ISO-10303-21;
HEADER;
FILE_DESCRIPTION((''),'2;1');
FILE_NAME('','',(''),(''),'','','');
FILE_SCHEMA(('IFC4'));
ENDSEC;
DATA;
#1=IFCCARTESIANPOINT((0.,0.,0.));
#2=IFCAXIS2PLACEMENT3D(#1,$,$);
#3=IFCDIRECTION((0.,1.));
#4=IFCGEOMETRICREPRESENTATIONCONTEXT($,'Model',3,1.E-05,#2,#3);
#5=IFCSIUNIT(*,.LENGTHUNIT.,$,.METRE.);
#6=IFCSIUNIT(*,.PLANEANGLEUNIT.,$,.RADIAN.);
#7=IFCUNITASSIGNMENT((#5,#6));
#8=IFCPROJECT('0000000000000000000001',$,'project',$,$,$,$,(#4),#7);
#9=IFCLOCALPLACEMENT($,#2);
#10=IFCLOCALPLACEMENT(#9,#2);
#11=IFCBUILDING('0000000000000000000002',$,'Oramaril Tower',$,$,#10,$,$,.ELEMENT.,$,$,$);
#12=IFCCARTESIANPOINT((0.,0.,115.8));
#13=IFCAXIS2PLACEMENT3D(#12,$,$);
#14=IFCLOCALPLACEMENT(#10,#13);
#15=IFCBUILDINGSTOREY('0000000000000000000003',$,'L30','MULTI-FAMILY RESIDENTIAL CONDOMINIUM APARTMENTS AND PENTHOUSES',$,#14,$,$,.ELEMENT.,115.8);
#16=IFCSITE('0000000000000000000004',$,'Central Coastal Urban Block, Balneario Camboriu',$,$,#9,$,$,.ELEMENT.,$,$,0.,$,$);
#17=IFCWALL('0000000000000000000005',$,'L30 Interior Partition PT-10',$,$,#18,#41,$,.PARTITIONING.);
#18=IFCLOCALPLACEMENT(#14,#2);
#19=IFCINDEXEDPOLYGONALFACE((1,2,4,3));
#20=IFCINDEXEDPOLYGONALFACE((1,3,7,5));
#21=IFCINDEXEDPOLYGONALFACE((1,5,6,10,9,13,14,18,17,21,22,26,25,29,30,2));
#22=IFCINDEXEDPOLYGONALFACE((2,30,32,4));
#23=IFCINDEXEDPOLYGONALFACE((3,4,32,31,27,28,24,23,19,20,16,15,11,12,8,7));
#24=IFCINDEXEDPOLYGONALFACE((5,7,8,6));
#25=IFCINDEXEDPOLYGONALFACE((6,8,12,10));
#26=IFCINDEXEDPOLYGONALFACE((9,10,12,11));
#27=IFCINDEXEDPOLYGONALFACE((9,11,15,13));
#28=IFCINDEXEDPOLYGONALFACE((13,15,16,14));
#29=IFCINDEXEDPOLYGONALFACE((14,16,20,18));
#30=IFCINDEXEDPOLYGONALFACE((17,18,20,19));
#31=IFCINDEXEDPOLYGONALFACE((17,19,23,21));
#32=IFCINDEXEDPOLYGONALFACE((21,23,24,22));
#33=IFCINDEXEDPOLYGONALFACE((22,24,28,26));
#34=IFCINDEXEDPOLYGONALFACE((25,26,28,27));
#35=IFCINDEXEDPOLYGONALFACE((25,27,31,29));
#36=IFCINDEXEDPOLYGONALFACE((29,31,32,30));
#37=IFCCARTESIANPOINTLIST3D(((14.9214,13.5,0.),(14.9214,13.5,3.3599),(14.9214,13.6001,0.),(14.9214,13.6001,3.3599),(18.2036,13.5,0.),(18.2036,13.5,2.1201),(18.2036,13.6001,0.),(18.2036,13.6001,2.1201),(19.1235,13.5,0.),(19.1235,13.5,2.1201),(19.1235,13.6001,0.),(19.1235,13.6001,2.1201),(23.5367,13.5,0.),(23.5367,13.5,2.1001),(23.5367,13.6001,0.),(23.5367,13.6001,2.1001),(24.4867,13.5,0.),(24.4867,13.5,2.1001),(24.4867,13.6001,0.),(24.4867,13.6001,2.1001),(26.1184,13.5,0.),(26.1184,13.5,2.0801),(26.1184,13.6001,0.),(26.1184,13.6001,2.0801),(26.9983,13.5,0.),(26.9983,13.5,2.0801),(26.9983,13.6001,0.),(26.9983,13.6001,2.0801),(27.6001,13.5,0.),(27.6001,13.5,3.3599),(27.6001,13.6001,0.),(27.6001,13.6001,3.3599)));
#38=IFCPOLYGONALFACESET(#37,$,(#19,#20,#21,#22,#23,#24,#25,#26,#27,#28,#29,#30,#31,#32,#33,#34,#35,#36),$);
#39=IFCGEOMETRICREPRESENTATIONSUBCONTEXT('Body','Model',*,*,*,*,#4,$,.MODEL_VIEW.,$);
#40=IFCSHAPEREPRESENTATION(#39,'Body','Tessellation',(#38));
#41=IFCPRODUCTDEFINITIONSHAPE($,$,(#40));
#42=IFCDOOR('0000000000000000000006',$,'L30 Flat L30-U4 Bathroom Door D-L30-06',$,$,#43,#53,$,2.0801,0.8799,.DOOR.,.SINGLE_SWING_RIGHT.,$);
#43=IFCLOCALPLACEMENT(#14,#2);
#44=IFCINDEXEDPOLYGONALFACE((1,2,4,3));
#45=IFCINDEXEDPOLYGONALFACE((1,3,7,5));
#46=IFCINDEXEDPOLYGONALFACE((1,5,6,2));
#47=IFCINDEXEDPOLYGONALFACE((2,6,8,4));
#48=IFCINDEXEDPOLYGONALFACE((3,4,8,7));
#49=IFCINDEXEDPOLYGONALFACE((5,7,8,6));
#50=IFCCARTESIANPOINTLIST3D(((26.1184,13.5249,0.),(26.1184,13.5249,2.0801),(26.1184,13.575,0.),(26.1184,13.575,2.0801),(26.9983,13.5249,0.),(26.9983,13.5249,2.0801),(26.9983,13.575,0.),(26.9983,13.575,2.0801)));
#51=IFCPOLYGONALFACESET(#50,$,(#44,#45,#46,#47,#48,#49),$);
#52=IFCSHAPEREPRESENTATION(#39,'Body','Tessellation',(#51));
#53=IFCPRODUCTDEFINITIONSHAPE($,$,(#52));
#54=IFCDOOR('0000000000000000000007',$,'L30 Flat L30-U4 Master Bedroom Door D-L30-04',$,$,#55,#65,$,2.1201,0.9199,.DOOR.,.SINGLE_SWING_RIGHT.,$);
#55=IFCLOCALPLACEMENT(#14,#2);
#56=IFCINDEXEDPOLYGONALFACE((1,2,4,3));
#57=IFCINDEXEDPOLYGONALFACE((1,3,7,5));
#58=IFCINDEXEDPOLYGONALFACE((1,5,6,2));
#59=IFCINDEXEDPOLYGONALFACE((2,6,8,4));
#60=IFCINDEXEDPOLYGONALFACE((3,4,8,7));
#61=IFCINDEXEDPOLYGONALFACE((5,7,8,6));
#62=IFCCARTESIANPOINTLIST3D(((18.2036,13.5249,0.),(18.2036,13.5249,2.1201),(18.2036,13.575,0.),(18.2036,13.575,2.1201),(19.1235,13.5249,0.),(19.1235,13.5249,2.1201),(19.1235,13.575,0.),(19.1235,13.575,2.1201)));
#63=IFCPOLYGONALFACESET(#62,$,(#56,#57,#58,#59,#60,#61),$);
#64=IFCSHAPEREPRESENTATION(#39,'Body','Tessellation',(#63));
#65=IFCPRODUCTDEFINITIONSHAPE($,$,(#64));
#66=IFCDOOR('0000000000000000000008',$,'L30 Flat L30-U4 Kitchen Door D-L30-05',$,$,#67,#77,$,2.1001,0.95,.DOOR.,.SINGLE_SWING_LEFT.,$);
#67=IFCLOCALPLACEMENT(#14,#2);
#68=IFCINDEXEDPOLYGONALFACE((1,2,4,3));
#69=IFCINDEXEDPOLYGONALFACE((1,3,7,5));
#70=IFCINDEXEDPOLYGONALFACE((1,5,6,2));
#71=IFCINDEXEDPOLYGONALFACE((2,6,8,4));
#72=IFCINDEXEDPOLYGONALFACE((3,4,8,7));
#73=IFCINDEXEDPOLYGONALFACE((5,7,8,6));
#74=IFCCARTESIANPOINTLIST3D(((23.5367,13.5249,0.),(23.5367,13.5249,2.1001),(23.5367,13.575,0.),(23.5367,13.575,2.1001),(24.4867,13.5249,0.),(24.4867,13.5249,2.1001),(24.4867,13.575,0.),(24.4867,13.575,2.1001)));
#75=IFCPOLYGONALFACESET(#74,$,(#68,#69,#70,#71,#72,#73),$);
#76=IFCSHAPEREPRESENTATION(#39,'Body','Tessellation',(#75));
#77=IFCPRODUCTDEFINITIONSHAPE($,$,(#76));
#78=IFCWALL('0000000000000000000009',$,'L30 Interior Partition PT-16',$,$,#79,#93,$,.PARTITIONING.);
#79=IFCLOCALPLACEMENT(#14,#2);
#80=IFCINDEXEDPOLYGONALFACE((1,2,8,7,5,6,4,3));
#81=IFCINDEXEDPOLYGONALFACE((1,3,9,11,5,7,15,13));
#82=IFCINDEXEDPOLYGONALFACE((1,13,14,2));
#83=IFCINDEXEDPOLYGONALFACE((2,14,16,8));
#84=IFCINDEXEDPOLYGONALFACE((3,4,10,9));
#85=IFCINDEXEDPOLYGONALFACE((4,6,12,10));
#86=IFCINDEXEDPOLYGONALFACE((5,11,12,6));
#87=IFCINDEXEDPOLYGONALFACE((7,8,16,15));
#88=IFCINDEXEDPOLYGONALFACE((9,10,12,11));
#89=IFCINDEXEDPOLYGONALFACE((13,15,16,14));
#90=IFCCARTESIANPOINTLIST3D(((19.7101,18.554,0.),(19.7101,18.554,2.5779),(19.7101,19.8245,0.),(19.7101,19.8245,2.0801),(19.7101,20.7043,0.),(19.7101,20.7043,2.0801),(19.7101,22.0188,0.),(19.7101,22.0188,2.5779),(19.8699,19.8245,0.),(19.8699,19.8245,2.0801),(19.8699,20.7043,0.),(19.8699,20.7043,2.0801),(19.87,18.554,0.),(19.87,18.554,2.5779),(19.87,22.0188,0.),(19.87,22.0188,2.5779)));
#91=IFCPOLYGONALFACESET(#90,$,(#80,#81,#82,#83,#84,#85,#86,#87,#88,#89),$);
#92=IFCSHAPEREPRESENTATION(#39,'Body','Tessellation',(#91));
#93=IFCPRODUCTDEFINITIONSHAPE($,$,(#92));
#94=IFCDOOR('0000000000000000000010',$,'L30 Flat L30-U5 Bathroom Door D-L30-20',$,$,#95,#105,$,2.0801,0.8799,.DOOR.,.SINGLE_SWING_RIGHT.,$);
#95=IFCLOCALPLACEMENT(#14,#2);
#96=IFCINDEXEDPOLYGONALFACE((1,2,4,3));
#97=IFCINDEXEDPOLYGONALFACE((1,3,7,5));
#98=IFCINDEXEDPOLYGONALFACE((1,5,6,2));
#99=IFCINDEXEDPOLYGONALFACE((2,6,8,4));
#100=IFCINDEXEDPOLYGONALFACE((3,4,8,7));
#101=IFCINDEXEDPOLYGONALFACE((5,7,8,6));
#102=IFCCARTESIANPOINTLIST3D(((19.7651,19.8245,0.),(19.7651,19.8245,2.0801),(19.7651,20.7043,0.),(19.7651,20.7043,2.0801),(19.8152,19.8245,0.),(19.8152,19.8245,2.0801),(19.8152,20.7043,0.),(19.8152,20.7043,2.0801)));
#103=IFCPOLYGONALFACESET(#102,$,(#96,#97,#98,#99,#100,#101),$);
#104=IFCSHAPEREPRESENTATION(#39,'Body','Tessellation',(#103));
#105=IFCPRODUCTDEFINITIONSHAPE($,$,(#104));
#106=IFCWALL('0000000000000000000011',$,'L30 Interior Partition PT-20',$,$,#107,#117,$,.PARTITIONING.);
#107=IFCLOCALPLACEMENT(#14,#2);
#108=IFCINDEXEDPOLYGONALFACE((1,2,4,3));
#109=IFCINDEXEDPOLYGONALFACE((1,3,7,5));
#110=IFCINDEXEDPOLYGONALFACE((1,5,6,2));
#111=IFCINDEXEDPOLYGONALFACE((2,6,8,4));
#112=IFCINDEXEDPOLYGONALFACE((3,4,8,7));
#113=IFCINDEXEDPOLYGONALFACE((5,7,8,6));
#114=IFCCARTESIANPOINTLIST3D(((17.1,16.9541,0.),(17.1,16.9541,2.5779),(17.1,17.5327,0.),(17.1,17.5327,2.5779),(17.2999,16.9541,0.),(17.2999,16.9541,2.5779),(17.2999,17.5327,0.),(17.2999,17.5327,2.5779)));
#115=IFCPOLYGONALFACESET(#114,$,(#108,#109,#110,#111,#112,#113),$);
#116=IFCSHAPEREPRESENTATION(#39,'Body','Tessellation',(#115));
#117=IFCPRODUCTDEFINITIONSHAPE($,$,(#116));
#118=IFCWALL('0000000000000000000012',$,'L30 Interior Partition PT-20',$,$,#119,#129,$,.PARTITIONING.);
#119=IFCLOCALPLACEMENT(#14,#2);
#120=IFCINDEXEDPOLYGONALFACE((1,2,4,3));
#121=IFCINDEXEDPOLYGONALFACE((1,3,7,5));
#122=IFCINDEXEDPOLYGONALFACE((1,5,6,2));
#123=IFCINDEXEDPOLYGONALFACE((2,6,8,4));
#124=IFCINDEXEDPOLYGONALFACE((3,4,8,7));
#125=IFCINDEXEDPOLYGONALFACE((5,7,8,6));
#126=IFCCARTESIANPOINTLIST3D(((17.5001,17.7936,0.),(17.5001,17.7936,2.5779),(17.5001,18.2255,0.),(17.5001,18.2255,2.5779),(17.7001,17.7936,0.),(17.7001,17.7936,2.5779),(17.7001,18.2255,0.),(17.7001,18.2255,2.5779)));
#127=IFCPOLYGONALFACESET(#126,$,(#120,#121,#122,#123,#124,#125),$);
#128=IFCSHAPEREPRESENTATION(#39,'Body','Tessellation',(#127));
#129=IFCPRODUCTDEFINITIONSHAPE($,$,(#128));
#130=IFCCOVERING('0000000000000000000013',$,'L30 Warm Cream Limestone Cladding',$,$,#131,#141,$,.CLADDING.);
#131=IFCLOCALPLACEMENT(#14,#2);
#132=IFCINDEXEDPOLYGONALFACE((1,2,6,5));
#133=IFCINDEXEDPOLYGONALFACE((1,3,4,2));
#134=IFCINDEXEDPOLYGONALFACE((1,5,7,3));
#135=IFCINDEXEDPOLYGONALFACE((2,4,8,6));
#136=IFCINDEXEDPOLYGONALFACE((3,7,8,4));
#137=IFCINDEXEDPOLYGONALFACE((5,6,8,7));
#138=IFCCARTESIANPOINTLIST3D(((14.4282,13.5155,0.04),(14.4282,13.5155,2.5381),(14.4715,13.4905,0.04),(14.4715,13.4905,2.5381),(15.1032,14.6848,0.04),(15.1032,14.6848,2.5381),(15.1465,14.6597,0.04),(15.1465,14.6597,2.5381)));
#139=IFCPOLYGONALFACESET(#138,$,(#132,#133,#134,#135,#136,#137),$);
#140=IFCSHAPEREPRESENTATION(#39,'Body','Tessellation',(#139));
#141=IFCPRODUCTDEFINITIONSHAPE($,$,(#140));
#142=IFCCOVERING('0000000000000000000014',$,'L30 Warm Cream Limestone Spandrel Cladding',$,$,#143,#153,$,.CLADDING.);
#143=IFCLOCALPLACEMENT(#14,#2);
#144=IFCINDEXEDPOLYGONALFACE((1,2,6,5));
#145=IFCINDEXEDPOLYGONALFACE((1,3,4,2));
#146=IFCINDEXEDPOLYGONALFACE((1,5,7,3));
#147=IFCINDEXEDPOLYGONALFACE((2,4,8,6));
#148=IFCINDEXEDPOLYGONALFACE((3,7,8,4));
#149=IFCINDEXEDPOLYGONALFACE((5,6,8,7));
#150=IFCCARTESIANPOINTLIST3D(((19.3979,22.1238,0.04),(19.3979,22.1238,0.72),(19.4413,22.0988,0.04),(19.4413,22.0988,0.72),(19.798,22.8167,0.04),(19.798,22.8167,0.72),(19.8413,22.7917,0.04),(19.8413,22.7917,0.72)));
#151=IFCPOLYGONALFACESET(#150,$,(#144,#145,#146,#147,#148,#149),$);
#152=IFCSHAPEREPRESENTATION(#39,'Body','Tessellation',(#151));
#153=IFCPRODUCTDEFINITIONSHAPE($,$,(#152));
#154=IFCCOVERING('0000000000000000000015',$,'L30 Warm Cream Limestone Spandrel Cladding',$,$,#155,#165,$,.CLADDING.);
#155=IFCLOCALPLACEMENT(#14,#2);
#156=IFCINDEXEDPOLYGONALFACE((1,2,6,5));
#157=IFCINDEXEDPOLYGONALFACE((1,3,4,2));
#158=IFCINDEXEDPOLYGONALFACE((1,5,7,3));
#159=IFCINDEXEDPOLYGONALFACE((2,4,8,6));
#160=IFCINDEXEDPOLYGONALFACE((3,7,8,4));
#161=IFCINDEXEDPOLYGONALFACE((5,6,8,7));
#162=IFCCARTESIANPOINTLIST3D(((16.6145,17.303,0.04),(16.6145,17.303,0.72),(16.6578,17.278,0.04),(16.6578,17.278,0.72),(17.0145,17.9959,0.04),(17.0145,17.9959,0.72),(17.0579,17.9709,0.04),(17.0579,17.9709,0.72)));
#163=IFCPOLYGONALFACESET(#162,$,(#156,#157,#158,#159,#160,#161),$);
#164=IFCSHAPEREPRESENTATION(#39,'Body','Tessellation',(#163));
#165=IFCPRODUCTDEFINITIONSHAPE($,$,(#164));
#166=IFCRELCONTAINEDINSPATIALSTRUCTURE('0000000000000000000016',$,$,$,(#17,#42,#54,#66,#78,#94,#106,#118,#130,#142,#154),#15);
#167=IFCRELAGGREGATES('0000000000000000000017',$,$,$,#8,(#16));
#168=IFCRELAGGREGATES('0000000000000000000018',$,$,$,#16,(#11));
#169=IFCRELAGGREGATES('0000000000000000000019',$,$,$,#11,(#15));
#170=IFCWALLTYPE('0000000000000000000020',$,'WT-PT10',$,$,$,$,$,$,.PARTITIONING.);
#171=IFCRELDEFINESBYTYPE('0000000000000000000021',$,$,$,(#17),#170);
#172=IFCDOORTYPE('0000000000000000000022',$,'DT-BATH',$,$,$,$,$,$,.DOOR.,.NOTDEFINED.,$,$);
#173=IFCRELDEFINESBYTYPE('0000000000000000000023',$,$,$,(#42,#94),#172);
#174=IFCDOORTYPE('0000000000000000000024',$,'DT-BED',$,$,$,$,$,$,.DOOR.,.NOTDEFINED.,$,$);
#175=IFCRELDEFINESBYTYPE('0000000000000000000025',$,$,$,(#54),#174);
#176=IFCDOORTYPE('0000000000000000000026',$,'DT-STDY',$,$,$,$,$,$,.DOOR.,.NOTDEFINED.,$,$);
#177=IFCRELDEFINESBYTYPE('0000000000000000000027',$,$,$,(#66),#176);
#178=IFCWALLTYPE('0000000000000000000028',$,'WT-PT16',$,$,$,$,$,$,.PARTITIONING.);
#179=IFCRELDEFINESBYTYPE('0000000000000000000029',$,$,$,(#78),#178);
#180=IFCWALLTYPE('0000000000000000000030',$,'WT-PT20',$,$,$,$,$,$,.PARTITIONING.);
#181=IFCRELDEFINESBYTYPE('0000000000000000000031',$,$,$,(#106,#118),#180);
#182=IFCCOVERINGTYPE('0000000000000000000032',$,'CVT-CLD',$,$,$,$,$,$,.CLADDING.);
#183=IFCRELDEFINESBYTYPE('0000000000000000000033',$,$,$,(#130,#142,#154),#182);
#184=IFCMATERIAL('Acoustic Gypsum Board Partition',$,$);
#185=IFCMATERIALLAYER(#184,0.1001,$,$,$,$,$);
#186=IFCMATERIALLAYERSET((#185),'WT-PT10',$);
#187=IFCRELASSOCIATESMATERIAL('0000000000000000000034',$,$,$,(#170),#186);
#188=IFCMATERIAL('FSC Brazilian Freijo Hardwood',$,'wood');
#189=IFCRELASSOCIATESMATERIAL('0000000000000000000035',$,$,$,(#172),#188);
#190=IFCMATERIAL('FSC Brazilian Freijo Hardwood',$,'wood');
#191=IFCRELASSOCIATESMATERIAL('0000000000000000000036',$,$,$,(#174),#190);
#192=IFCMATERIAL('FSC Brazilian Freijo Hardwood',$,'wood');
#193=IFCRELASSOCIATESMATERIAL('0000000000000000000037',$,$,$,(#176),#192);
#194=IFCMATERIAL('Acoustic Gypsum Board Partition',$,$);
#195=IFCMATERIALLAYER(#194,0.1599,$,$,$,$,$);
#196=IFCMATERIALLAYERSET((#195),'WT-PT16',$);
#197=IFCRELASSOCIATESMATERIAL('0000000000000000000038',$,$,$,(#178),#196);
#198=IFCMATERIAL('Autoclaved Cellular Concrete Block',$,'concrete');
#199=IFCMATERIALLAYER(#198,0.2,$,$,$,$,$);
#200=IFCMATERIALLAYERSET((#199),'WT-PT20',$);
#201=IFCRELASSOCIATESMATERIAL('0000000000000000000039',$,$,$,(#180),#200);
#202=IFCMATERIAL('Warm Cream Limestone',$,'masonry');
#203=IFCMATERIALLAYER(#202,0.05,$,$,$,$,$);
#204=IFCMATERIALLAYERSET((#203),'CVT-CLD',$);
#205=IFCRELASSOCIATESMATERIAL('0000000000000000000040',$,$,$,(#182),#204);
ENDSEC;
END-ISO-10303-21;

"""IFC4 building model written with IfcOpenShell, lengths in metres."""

from ifc_helpers import new_model, si_unit, direction, frame, frame_2d, origin, origin_2d, place, context, subcontext, project, spatial, rectangle, extrude, material, layer, layer_set, type_object, element, fill, save


model = new_model("IFC4")

# Units and contexts
model_context = context("Model", 3, precision=1e-05, world=origin(), true_north=direction((0.0, 1.0)))
body_context = subcontext(model_context, "Body", "Model", "MODEL_VIEW")
ifc_project = project(units=[si_unit("LENGTHUNIT", "METRE"), si_unit("PLANEANGLEUNIT", "RADIAN")], contexts=[model_context])

# Site, building, storey
site_placement = place(None, origin())
site = spatial("IfcSite", under=ifc_project, at=site_placement, Name="Central Coastal Urban Block, Balneario Camboriu", CompositionType="ELEMENT", RefElevation=0.0)
building_placement = place(site_placement, origin())
building = spatial("IfcBuilding", under=site, at=building_placement, Name="Oramaril Tower", CompositionType="ELEMENT")
storey_placement = place(building_placement, frame((0.0, 0.0, 115.8)))
storey = spatial("IfcBuildingStorey", under=building, at=storey_placement, Name="L30", Description="MULTI-FAMILY RESIDENTIAL CONDOMINIUM APARTMENTS AND PENTHOUSES", CompositionType="ELEMENT", Elevation=115.8)

# Wall, openings, doors
ifc_material_1 = material(Name="Acoustic Gypsum Board Partition")
ifc_layer_1 = layer(ifc_material_1, 0.1001)
ifc_layer_set_1 = layer_set([ifc_layer_1], Name="WT-PT10")
wall_type_1 = type_object("IfcWallType", Name="WT-PT10", PredefinedType="PARTITIONING", material=ifc_layer_set_1)
wall_1_placement = place(storey_placement, frame((14.9214, 13.55, 0.0), z_axis=(0.0, 0.0, 1.0), x_axis=(1.0, 0.0, 0.0)))
wall_1 = element("IfcWall", 1, at=wall_1_placement, inside=storey, type_object=wall_type_1, Name="L30 Interior Partition PT-10", PredefinedType="PARTITIONING", context=body_context, shape_type="SweptSolid", body=[
    extrude(rectangle(XDim=12.6787, YDim=0.1001, at=frame_2d((6.3394, 0.0))), origin(), (0.0, 0.0, 1.0), 3.3599),
])
opening_1_placement = place(wall_1_placement, frame((3.2822, 0.0, 0.0)))
opening_1 = element("IfcOpeningElement", 2, at=opening_1_placement, cuts=wall_1, PredefinedType="OPENING", context=body_context, shape_type="SweptSolid", body=[
    extrude(rectangle(XDim=0.9199, YDim=2.1201, at=frame_2d((0.46, 1.0601))), frame((0.0, 0.05, 0.0), z_axis=(0.0, -1.0, 0.0), x_axis=(1.0, 0.0, 0.0)), (0.0, 0.0, 1.0), 0.1001),
])
opening_2_placement = place(wall_1_placement, frame((8.6152, 0.0, 0.0)))
opening_2 = element("IfcOpeningElement", 3, at=opening_2_placement, cuts=wall_1, PredefinedType="OPENING", context=body_context, shape_type="SweptSolid", body=[
    extrude(rectangle(XDim=0.95, YDim=2.1001, at=frame_2d((0.4751, 1.05))), frame((0.0, 0.05, 0.0), z_axis=(0.0, -1.0, 0.0), x_axis=(1.0, 0.0, 0.0)), (0.0, 0.0, 1.0), 0.1001),
])
opening_3_placement = place(wall_1_placement, frame((11.197, 0.0, 0.0)))
opening_3 = element("IfcOpeningElement", 4, at=opening_3_placement, cuts=wall_1, PredefinedType="OPENING", context=body_context, shape_type="SweptSolid", body=[
    extrude(rectangle(XDim=0.8799, YDim=2.0801, at=frame_2d((0.4399, 1.04))), frame((0.0, 0.05, 0.0), z_axis=(0.0, -1.0, 0.0), x_axis=(1.0, 0.0, 0.0)), (0.0, 0.0, 1.0), 0.1001),
])
ifc_material_2 = material(Name="FSC Brazilian Freijo Hardwood", Category="wood")
door_type_1 = type_object("IfcDoorType", Name="DT-BATH", OperationType="NOTDEFINED", PredefinedType="DOOR", material=ifc_material_2)
door_1_placement = place(opening_3_placement, origin())
door_1 = element("IfcDoor", 5, at=door_1_placement, inside=storey, type_object=door_type_1, Name="L30 Flat L30-U4 Bathroom Door D-L30-06", OperationType="SINGLE_SWING_RIGHT", OverallHeight=2.0801, OverallWidth=0.8799, PredefinedType="DOOR", context=body_context, shape_type="SweptSolid", body=[
    extrude(rectangle(XDim=0.8799, YDim=2.0801, at=frame_2d((0.4399, 1.04))), frame((0.0, 0.0249, 0.0), z_axis=(0.0, -1.0, 0.0), x_axis=(1.0, 0.0, 0.0)), (0.0, 0.0, 1.0), 0.05),
])
fill(opening_3, door_1)
ifc_material_3 = material(Name="FSC Brazilian Freijo Hardwood", Category="wood")
door_type_2 = type_object("IfcDoorType", Name="DT-BED", OperationType="NOTDEFINED", PredefinedType="DOOR", material=ifc_material_3)
door_2_placement = place(opening_1_placement, origin())
door_2 = element("IfcDoor", 6, at=door_2_placement, inside=storey, type_object=door_type_2, Name="L30 Flat L30-U4 Master Bedroom Door D-L30-04", OperationType="SINGLE_SWING_RIGHT", OverallHeight=2.1201, OverallWidth=0.9199, PredefinedType="DOOR", context=body_context, shape_type="SweptSolid", body=[
    extrude(rectangle(XDim=0.9199, YDim=2.1201, at=frame_2d((0.46, 1.0601))), frame((0.0, 0.0249, 0.0), z_axis=(0.0, -1.0, 0.0), x_axis=(1.0, 0.0, 0.0)), (0.0, 0.0, 1.0), 0.05),
])
fill(opening_1, door_2)
ifc_material_4 = material(Name="FSC Brazilian Freijo Hardwood", Category="wood")
door_type_3 = type_object("IfcDoorType", Name="DT-STDY", OperationType="NOTDEFINED", PredefinedType="DOOR", material=ifc_material_4)
door_3_placement = place(opening_2_placement, origin())
door_3 = element("IfcDoor", 7, at=door_3_placement, inside=storey, type_object=door_type_3, Name="L30 Flat L30-U4 Kitchen Door D-L30-05", OperationType="SINGLE_SWING_LEFT", OverallHeight=2.1001, OverallWidth=0.95, PredefinedType="DOOR", context=body_context, shape_type="SweptSolid", body=[
    extrude(rectangle(XDim=0.95, YDim=2.1001, at=frame_2d((0.4751, 1.05))), frame((0.0, 0.0249, 0.0), z_axis=(0.0, -1.0, 0.0), x_axis=(1.0, 0.0, 0.0)), (0.0, 0.0, 1.0), 0.05),
])
fill(opening_2, door_3)

# Wall, opening, door
ifc_material_5 = material(Name="Acoustic Gypsum Board Partition")
ifc_layer_2 = layer(ifc_material_5, 0.1599)
ifc_layer_set_2 = layer_set([ifc_layer_2], Name="WT-PT16")
wall_type_2 = type_object("IfcWallType", Name="WT-PT16", PredefinedType="PARTITIONING", material=ifc_layer_set_2)
wall_2_placement = place(storey_placement, frame((19.79, 18.554, 0.0), z_axis=(0.0, 0.0, 1.0), x_axis=(0.0, 1.0, 0.0)))
wall_2 = element("IfcWall", 8, at=wall_2_placement, inside=storey, type_object=wall_type_2, Name="L30 Interior Partition PT-16", PredefinedType="PARTITIONING", context=body_context, shape_type="SweptSolid", body=[
    extrude(rectangle(XDim=3.4648, YDim=0.1599, at=frame_2d((1.7324, 0.0))), origin(), (0.0, 0.0, 1.0), 2.5779),
])
opening_4_placement = place(wall_2_placement, frame((1.2705, 0.0, 0.0)))
opening_4 = element("IfcOpeningElement", 9, at=opening_4_placement, cuts=wall_2, PredefinedType="OPENING", context=body_context, shape_type="SweptSolid", body=[
    extrude(rectangle(XDim=0.8799, YDim=2.0801, at=frame_2d((0.4399, 1.04))), frame((0.0, 0.0801, 0.0), z_axis=(0.0, -1.0, 0.0), x_axis=(1.0, 0.0, 0.0)), (0.0, 0.0, 1.0), 0.1599),
])
door_4_placement = place(opening_4_placement, origin())
door_4 = element("IfcDoor", 10, at=door_4_placement, inside=storey, type_object=door_type_1, Name="L30 Flat L30-U5 Bathroom Door D-L30-20", OperationType="SINGLE_SWING_RIGHT", OverallHeight=2.0801, OverallWidth=0.8799, PredefinedType="DOOR", context=body_context, shape_type="SweptSolid", body=[
    extrude(rectangle(XDim=0.8799, YDim=2.0801, at=frame_2d((0.4399, 1.04))), frame((0.0, 0.0249, 0.0), z_axis=(0.0, -1.0, 0.0), x_axis=(1.0, 0.0, 0.0)), (0.0, 0.0, 1.0), 0.05),
])
fill(opening_4, door_4)
ifc_material_6 = material(Name="Autoclaved Cellular Concrete Block", Category="concrete")
ifc_layer_3 = layer(ifc_material_6, 0.2)
ifc_layer_set_3 = layer_set([ifc_layer_3], Name="WT-PT20")
wall_type_3 = type_object("IfcWallType", Name="WT-PT20", PredefinedType="PARTITIONING", material=ifc_layer_set_3)

# Walls
wall_3_placement = place(storey_placement, frame((17.2, 16.9541, 0.0), z_axis=(0.0, 0.0, 1.0), x_axis=(0.0, 1.0, 0.0)))
element("IfcWall", 11, at=wall_3_placement, inside=storey, type_object=wall_type_3, Name="L30 Interior Partition PT-20", PredefinedType="PARTITIONING", context=body_context, shape_type="SweptSolid", body=[
    extrude(rectangle(XDim=0.5786, YDim=0.2, at=frame_2d((0.2893, 0.0))), origin(), (0.0, 0.0, 1.0), 2.5779),
])
wall_4_placement = place(storey_placement, frame((17.6001, 17.7937, 0.0), z_axis=(0.0, 0.0, 1.0), x_axis=(0.0, 1.0, 0.0)))
element("IfcWall", 12, at=wall_4_placement, inside=storey, type_object=wall_type_3, Name="L30 Interior Partition PT-20", PredefinedType="PARTITIONING", context=body_context, shape_type="SweptSolid", body=[
    extrude(rectangle(XDim=0.4319, YDim=0.2, at=frame_2d((0.2158, 0.0))), origin(), (0.0, 0.0, 1.0), 2.5779),
])

# Coverings
ifc_material_7 = material(Name="Warm Cream Limestone", Category="masonry")
ifc_layer_4 = layer(ifc_material_7, 0.05)
ifc_layer_set_4 = layer_set([ifc_layer_4], Name="CVT-CLD")
covering_type = type_object("IfcCoveringType", Name="CVT-CLD", PredefinedType="CLADDING", material=ifc_layer_set_4)
covering_placement = place(storey_placement, frame((14.7874, 14.0876, 0.04), z_axis=(0.0, 0.0, 1.0), x_axis=(-0.499998, -0.866026, 0.0)))
element("IfcCovering", 13, at=covering_placement, inside=storey, type_object=covering_type, Name="L30 Warm Cream Limestone Cladding", PredefinedType="CLADDING", context=body_context, shape_type="SweptSolid", body=[
    extrude(rectangle(XDim=1.3501, YDim=0.05, at=origin_2d()), origin(), (0.0, 0.0, 1.0), 2.498),
])
for number, where, z_axis, x_axis, name in (
    (14, (19.6196, 22.4578, 0.04), (0.0, 0.0, 1.0), (-0.499998, -0.866026, 0.0), "L30 Warm Cream Limestone Spandrel Cladding"),
    (15, (16.8362, 17.637, 0.04), (0.0, 0.0, 1.0), (-0.499998, -0.866026, 0.0), "L30 Warm Cream Limestone Spandrel Cladding"),
):
    element("IfcCovering", number, at=place(storey_placement, frame(where, z_axis=z_axis, x_axis=x_axis)), inside=storey, type_object=covering_type, Name=name, PredefinedType="CLADDING", context=body_context, shape_type="SweptSolid", body=[
        extrude(rectangle(XDim=0.8, YDim=0.05, at=origin_2d()), origin(), (0.0, 0.0, 1.0), 0.6799),
    ])

save(model, "model.ifc")
